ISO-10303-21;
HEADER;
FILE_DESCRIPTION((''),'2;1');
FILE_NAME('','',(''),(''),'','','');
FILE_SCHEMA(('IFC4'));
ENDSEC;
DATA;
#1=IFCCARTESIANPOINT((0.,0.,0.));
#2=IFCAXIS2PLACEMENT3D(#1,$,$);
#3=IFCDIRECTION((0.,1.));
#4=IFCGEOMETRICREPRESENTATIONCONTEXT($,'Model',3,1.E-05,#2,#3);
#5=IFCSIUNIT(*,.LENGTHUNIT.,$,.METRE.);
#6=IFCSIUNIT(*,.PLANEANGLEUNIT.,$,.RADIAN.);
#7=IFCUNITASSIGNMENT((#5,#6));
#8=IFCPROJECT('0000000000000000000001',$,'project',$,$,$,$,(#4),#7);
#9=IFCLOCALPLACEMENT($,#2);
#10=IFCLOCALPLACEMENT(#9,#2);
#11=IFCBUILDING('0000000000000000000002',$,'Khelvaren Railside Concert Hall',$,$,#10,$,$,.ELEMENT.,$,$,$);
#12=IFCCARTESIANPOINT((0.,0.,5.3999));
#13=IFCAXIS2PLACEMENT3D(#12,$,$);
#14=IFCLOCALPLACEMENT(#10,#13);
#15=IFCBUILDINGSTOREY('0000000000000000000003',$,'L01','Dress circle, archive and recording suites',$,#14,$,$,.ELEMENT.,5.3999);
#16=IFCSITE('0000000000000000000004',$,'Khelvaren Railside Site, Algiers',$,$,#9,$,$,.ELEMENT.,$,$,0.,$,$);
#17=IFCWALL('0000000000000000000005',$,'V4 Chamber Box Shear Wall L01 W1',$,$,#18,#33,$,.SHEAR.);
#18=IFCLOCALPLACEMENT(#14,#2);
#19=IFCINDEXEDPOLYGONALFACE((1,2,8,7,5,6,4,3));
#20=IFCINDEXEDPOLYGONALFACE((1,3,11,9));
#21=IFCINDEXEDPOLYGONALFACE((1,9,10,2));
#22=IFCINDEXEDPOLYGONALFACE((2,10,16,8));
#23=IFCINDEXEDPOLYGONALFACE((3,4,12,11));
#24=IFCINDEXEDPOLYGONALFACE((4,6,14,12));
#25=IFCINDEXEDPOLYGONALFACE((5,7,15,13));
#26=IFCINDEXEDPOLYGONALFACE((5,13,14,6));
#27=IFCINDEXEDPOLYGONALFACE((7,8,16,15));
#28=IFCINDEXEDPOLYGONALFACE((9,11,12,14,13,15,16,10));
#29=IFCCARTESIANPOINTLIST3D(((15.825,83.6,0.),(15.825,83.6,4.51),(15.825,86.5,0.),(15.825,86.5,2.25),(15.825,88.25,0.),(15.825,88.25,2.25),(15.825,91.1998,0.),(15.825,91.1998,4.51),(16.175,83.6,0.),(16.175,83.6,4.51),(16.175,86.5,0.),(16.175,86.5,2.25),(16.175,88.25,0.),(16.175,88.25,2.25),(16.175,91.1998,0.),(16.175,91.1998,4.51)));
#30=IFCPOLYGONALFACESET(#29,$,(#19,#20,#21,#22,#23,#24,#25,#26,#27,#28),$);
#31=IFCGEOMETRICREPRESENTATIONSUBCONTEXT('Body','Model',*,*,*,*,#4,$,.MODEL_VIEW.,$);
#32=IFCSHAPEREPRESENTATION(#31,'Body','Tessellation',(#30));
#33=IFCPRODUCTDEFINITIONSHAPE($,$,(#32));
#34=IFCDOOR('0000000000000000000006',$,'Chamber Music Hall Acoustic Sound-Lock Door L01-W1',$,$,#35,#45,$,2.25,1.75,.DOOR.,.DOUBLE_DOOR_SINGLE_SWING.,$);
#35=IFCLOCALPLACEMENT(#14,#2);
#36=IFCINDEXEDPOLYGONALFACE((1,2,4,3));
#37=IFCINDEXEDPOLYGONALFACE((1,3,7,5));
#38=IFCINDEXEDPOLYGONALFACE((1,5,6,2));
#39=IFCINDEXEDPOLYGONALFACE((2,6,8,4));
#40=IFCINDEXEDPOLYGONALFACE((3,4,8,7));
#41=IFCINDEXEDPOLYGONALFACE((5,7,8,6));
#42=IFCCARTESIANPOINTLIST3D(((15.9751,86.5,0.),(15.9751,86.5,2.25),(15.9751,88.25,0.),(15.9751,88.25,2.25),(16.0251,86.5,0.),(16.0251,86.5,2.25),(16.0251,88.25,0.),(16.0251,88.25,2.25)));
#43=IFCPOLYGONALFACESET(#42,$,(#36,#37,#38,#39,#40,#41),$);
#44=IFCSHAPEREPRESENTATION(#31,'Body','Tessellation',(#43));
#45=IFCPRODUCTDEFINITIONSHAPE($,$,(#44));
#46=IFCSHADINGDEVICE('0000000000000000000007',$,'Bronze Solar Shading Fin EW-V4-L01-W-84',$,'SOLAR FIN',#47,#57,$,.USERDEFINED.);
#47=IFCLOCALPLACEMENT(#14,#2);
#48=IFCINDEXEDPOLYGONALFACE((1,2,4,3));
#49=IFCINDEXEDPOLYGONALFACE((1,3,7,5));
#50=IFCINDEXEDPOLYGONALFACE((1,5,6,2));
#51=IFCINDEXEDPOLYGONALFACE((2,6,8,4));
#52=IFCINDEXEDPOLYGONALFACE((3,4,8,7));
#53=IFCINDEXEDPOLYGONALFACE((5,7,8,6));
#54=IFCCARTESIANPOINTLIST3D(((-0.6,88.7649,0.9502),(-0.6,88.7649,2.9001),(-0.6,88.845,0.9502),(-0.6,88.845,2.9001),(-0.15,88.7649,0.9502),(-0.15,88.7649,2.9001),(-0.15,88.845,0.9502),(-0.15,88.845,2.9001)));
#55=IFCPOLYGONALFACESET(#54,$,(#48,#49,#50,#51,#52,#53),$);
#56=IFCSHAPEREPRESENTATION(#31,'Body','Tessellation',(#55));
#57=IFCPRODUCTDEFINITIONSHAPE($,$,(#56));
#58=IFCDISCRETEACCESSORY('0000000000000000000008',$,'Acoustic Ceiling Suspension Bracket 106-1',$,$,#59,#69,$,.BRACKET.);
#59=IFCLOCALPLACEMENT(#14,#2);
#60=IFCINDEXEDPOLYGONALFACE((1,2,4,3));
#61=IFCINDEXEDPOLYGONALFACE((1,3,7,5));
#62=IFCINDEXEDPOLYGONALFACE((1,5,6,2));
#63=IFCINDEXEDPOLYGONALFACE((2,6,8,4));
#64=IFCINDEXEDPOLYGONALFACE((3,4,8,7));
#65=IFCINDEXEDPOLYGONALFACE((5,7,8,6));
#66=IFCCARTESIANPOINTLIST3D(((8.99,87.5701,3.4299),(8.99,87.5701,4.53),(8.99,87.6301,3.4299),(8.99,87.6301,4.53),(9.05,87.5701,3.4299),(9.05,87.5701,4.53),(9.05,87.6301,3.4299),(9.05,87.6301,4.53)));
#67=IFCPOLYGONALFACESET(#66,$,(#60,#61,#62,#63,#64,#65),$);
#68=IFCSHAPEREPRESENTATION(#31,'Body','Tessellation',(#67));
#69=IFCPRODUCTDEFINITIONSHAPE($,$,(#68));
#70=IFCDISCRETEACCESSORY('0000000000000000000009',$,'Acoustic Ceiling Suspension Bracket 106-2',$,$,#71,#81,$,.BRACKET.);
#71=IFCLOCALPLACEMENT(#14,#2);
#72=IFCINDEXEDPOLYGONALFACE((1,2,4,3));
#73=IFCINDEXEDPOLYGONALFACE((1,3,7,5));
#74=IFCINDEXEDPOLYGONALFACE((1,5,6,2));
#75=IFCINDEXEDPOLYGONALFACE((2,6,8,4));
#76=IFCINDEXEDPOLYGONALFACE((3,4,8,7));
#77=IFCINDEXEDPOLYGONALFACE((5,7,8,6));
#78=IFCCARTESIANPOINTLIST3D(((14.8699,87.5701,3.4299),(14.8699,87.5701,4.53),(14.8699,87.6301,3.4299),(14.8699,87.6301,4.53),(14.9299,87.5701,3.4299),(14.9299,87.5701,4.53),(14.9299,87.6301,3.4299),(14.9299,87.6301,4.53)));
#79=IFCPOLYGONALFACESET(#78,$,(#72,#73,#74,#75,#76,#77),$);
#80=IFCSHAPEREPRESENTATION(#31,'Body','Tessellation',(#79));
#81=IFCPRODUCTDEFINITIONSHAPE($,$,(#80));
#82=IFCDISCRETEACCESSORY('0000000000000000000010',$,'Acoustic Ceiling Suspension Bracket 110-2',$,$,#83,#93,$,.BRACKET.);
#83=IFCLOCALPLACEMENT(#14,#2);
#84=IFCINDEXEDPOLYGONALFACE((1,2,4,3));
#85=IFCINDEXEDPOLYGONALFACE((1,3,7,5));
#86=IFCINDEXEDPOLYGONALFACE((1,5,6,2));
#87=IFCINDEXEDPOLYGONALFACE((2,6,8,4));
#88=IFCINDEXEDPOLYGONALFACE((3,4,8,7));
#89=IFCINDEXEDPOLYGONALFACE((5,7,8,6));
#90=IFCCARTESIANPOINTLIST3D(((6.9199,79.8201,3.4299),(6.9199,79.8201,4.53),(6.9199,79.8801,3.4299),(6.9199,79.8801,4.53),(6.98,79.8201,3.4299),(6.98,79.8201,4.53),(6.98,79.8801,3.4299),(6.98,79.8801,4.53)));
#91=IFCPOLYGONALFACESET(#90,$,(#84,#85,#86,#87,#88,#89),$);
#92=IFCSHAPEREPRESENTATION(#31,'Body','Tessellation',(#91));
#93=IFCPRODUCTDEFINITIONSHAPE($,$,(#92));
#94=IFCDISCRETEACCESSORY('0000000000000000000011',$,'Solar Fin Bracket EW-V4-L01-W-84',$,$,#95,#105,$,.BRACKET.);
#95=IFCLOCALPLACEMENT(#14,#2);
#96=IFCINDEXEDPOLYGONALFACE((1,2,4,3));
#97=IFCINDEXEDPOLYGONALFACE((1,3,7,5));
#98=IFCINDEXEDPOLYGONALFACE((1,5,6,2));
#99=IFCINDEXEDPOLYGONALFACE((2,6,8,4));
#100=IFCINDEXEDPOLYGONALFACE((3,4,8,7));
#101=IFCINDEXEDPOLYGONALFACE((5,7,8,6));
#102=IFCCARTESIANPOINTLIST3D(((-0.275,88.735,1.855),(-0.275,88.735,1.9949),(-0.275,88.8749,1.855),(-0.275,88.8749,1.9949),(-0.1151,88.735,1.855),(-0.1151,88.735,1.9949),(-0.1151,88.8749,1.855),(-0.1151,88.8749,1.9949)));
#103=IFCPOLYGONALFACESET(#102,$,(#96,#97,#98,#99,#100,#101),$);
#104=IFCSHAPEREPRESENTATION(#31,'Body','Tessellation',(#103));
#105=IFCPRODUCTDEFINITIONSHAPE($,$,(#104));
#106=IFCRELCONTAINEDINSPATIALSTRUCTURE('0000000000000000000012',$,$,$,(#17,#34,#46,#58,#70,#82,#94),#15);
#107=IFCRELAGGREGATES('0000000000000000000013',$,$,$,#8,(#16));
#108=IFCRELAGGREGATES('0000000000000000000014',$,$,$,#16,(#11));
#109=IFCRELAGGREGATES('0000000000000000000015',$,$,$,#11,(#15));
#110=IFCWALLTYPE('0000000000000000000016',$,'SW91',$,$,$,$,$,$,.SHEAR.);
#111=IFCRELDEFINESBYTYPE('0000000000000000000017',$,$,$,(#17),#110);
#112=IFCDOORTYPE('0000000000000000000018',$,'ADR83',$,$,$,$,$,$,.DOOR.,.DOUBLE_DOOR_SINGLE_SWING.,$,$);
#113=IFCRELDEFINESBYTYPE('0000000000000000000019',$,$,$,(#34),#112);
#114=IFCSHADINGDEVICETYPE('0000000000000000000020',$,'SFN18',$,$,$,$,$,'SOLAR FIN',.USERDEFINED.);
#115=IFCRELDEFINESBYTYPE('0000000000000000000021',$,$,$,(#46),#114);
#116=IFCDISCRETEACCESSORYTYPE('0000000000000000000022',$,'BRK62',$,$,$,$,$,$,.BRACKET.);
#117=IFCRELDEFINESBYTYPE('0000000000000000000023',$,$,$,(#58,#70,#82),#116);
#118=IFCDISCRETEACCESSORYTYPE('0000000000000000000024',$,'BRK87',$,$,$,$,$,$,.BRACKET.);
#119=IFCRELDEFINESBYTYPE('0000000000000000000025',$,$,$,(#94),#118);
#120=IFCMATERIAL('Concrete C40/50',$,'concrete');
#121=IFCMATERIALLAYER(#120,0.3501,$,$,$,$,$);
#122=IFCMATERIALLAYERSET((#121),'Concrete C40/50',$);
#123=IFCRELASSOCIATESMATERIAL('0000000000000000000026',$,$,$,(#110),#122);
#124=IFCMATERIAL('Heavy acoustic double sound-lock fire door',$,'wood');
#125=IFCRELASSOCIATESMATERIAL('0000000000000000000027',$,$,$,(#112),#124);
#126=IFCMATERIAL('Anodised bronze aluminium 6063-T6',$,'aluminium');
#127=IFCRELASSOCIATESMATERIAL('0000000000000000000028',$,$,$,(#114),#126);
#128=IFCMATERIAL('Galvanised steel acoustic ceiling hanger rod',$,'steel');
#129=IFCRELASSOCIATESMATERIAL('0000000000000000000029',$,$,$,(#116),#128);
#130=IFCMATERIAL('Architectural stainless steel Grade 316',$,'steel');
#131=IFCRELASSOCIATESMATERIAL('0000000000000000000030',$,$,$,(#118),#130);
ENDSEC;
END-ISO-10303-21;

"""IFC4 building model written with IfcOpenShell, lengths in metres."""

from ifc_helpers import new_model, si_unit, direction, frame, frame_2d, origin, origin_2d, place, context, subcontext, project, spatial, rectangle, extrude, material, layer, layer_set, type_object, element, fill, save


model = new_model("IFC4")

# Units and contexts
model_context = context("Model", 3, precision=1e-05, world=origin(), true_north=direction((0.0, 1.0)))
body_context = subcontext(model_context, "Body", "Model", "MODEL_VIEW")
ifc_project = project(units=[si_unit("LENGTHUNIT", "METRE"), si_unit("PLANEANGLEUNIT", "RADIAN")], contexts=[model_context])

# Site, building, storey
site_placement = place(None, origin())
site = spatial("IfcSite", under=ifc_project, at=site_placement, Name="Khelvaren Railside Site, Algiers", CompositionType="ELEMENT", RefElevation=0.0)
building_placement = place(site_placement, origin())
building = spatial("IfcBuilding", under=site, at=building_placement, Name="Khelvaren Railside Concert Hall", CompositionType="ELEMENT")
storey_placement = place(building_placement, frame((0.0, 0.0, 5.3999)))
storey = spatial("IfcBuildingStorey", under=building, at=storey_placement, Name="L01", Description="Dress circle, archive and recording suites", CompositionType="ELEMENT", Elevation=5.3999)

# Shared definitions
ifc_material_1 = material(Name="Concrete C40/50", Category="concrete")

# Shared definitions
ifc_layer_1 = layer(ifc_material_1, 0.3501)
ifc_layer_set_1 = layer_set([ifc_layer_1], Name="Concrete C40/50")
wall_type_1 = type_object("IfcWallType", Name="SW91", PredefinedType="SHEAR", material=ifc_layer_set_1)

# Wall, opening, door
wall_1_placement = place(storey_placement, frame((16.0, 83.6001, 0.0), z_axis=(0.0, 0.0, 1.0), x_axis=(0.0, 1.0, 0.0)))
wall_1 = element("IfcWall", 1, at=wall_1_placement, inside=storey, type_object=wall_type_1, Name="V4 Chamber Box Shear Wall L01 W1", PredefinedType="SHEAR", context=body_context, shape_type="SweptSolid", body=[
    extrude(rectangle(XDim=7.5999, YDim=0.3501, at=frame_2d((3.7998, 0.0))), origin(), (0.0, 0.0, 1.0), 4.51),
])
opening_1_placement = place(wall_1_placement, frame((2.8999, 0.0, 0.0)))
opening_1 = element("IfcOpeningElement", 2, at=opening_1_placement, cuts=wall_1, PredefinedType="OPENING", context=body_context, shape_type="SweptSolid", body=[
    extrude(rectangle(XDim=1.75, YDim=2.25, at=frame_2d((0.875, 1.125))), frame((0.0, 0.1851, 0.0), z_axis=(0.0, -1.0, 0.0), x_axis=(1.0, 0.0, 0.0)), (0.0, 0.0, 1.0), 0.3701),
])
ifc_material_2 = material(Name="Heavy acoustic double sound-lock fire door", Category="wood")
door_type_1 = type_object("IfcDoorType", Name="ADR83", OperationType="DOUBLE_DOOR_SINGLE_SWING", PredefinedType="DOOR", material=ifc_material_2)
door_1_placement = place(opening_1_placement, origin())
door_1 = element("IfcDoor", 3, at=door_1_placement, inside=storey, type_object=door_type_1, Name="Chamber Music Hall Acoustic Sound-Lock Door L01-W1", OperationType="DOUBLE_DOOR_SINGLE_SWING", OverallHeight=2.25, OverallWidth=1.75, PredefinedType="DOOR", context=body_context, shape_type="SweptSolid", body=[
    extrude(rectangle(XDim=1.75, YDim=2.25, at=frame_2d((0.875, 1.125))), frame((0.0, 0.0249, 0.0), z_axis=(0.0, -1.0, 0.0), x_axis=(1.0, 0.0, 0.0)), (0.0, 0.0, 1.0), 0.05),
])
fill(opening_1, door_1)

# Shading device
ifc_material_3 = material(Name="Anodised bronze aluminium 6063-T6", Category="aluminium")
shading_device_type = type_object("IfcShadingDeviceType", Name="SFN18", ElementType="SOLAR FIN", PredefinedType="USERDEFINED", material=ifc_material_3)
shading_device_placement = place(storey_placement, frame((-0.375, 88.8049, 0.9502), z_axis=(0.0, 0.0, 1.0), x_axis=(0.0, 1.0, 0.0)))
element("IfcShadingDevice", 4, at=shading_device_placement, inside=storey, type_object=shading_device_type, Name="Bronze Solar Shading Fin EW-V4-L01-W-84", ObjectType="SOLAR FIN", PredefinedType="USERDEFINED", context=body_context, shape_type="SweptSolid", body=[
    extrude(rectangle(XDim=0.0801, YDim=0.45, at=origin_2d()), origin(), (0.0, 0.0, 1.0), 1.95),
])

# Discrete accessories
ifc_material_4 = material(Name="Galvanised steel acoustic ceiling hanger rod", Category="steel")
discrete_accessory_type_1 = type_object("IfcDiscreteAccessoryType", Name="BRK62", PredefinedType="BRACKET", material=ifc_material_4)
for number, where, z_axis, x_axis, name in (
    (5, (9.02, 87.6001, 3.4299), (0.0, 0.0, 1.0), (1.0, 0.0, 0.0), "Acoustic Ceiling Suspension Bracket 106-1"),
    (6, (14.8999, 87.6001, 3.4299), (0.0, 0.0, 1.0), (1.0, 0.0, 0.0), "Acoustic Ceiling Suspension Bracket 106-2"),
    (7, (6.95, 79.8501, 3.4299), (0.0, 0.0, 1.0), (1.0, 0.0, 0.0), "Acoustic Ceiling Suspension Bracket 110-2"),
):
    element("IfcDiscreteAccessory", number, at=place(storey_placement, frame(where, z_axis=z_axis, x_axis=x_axis)), inside=storey, type_object=discrete_accessory_type_1, Name=name, PredefinedType="BRACKET", context=body_context, shape_type="SweptSolid", body=[
        extrude(rectangle(XDim=0.0601, YDim=0.0601, at=origin_2d()), origin(), (0.0, 0.0, 1.0), 1.1001),
    ])
ifc_material_5 = material(Name="Architectural stainless steel Grade 316", Category="steel")
discrete_accessory_type_2 = type_object("IfcDiscreteAccessoryType", Name="BRK87", PredefinedType="BRACKET", material=ifc_material_5)
discrete_accessory_placement = place(storey_placement, frame((-0.1951, 88.8049, 1.855), z_axis=(0.0, 0.0, 1.0), x_axis=(0.0, 1.0, 0.0)))
element("IfcDiscreteAccessory", 8, at=discrete_accessory_placement, inside=storey, type_object=discrete_accessory_type_2, Name="Solar Fin Bracket EW-V4-L01-W-84", PredefinedType="BRACKET", context=body_context, shape_type="SweptSolid", body=[
    extrude(rectangle(XDim=0.1399, YDim=0.1599, at=origin_2d()), origin(), (0.0, 0.0, 1.0), 0.1399),
])

save(model, "model.ifc")
